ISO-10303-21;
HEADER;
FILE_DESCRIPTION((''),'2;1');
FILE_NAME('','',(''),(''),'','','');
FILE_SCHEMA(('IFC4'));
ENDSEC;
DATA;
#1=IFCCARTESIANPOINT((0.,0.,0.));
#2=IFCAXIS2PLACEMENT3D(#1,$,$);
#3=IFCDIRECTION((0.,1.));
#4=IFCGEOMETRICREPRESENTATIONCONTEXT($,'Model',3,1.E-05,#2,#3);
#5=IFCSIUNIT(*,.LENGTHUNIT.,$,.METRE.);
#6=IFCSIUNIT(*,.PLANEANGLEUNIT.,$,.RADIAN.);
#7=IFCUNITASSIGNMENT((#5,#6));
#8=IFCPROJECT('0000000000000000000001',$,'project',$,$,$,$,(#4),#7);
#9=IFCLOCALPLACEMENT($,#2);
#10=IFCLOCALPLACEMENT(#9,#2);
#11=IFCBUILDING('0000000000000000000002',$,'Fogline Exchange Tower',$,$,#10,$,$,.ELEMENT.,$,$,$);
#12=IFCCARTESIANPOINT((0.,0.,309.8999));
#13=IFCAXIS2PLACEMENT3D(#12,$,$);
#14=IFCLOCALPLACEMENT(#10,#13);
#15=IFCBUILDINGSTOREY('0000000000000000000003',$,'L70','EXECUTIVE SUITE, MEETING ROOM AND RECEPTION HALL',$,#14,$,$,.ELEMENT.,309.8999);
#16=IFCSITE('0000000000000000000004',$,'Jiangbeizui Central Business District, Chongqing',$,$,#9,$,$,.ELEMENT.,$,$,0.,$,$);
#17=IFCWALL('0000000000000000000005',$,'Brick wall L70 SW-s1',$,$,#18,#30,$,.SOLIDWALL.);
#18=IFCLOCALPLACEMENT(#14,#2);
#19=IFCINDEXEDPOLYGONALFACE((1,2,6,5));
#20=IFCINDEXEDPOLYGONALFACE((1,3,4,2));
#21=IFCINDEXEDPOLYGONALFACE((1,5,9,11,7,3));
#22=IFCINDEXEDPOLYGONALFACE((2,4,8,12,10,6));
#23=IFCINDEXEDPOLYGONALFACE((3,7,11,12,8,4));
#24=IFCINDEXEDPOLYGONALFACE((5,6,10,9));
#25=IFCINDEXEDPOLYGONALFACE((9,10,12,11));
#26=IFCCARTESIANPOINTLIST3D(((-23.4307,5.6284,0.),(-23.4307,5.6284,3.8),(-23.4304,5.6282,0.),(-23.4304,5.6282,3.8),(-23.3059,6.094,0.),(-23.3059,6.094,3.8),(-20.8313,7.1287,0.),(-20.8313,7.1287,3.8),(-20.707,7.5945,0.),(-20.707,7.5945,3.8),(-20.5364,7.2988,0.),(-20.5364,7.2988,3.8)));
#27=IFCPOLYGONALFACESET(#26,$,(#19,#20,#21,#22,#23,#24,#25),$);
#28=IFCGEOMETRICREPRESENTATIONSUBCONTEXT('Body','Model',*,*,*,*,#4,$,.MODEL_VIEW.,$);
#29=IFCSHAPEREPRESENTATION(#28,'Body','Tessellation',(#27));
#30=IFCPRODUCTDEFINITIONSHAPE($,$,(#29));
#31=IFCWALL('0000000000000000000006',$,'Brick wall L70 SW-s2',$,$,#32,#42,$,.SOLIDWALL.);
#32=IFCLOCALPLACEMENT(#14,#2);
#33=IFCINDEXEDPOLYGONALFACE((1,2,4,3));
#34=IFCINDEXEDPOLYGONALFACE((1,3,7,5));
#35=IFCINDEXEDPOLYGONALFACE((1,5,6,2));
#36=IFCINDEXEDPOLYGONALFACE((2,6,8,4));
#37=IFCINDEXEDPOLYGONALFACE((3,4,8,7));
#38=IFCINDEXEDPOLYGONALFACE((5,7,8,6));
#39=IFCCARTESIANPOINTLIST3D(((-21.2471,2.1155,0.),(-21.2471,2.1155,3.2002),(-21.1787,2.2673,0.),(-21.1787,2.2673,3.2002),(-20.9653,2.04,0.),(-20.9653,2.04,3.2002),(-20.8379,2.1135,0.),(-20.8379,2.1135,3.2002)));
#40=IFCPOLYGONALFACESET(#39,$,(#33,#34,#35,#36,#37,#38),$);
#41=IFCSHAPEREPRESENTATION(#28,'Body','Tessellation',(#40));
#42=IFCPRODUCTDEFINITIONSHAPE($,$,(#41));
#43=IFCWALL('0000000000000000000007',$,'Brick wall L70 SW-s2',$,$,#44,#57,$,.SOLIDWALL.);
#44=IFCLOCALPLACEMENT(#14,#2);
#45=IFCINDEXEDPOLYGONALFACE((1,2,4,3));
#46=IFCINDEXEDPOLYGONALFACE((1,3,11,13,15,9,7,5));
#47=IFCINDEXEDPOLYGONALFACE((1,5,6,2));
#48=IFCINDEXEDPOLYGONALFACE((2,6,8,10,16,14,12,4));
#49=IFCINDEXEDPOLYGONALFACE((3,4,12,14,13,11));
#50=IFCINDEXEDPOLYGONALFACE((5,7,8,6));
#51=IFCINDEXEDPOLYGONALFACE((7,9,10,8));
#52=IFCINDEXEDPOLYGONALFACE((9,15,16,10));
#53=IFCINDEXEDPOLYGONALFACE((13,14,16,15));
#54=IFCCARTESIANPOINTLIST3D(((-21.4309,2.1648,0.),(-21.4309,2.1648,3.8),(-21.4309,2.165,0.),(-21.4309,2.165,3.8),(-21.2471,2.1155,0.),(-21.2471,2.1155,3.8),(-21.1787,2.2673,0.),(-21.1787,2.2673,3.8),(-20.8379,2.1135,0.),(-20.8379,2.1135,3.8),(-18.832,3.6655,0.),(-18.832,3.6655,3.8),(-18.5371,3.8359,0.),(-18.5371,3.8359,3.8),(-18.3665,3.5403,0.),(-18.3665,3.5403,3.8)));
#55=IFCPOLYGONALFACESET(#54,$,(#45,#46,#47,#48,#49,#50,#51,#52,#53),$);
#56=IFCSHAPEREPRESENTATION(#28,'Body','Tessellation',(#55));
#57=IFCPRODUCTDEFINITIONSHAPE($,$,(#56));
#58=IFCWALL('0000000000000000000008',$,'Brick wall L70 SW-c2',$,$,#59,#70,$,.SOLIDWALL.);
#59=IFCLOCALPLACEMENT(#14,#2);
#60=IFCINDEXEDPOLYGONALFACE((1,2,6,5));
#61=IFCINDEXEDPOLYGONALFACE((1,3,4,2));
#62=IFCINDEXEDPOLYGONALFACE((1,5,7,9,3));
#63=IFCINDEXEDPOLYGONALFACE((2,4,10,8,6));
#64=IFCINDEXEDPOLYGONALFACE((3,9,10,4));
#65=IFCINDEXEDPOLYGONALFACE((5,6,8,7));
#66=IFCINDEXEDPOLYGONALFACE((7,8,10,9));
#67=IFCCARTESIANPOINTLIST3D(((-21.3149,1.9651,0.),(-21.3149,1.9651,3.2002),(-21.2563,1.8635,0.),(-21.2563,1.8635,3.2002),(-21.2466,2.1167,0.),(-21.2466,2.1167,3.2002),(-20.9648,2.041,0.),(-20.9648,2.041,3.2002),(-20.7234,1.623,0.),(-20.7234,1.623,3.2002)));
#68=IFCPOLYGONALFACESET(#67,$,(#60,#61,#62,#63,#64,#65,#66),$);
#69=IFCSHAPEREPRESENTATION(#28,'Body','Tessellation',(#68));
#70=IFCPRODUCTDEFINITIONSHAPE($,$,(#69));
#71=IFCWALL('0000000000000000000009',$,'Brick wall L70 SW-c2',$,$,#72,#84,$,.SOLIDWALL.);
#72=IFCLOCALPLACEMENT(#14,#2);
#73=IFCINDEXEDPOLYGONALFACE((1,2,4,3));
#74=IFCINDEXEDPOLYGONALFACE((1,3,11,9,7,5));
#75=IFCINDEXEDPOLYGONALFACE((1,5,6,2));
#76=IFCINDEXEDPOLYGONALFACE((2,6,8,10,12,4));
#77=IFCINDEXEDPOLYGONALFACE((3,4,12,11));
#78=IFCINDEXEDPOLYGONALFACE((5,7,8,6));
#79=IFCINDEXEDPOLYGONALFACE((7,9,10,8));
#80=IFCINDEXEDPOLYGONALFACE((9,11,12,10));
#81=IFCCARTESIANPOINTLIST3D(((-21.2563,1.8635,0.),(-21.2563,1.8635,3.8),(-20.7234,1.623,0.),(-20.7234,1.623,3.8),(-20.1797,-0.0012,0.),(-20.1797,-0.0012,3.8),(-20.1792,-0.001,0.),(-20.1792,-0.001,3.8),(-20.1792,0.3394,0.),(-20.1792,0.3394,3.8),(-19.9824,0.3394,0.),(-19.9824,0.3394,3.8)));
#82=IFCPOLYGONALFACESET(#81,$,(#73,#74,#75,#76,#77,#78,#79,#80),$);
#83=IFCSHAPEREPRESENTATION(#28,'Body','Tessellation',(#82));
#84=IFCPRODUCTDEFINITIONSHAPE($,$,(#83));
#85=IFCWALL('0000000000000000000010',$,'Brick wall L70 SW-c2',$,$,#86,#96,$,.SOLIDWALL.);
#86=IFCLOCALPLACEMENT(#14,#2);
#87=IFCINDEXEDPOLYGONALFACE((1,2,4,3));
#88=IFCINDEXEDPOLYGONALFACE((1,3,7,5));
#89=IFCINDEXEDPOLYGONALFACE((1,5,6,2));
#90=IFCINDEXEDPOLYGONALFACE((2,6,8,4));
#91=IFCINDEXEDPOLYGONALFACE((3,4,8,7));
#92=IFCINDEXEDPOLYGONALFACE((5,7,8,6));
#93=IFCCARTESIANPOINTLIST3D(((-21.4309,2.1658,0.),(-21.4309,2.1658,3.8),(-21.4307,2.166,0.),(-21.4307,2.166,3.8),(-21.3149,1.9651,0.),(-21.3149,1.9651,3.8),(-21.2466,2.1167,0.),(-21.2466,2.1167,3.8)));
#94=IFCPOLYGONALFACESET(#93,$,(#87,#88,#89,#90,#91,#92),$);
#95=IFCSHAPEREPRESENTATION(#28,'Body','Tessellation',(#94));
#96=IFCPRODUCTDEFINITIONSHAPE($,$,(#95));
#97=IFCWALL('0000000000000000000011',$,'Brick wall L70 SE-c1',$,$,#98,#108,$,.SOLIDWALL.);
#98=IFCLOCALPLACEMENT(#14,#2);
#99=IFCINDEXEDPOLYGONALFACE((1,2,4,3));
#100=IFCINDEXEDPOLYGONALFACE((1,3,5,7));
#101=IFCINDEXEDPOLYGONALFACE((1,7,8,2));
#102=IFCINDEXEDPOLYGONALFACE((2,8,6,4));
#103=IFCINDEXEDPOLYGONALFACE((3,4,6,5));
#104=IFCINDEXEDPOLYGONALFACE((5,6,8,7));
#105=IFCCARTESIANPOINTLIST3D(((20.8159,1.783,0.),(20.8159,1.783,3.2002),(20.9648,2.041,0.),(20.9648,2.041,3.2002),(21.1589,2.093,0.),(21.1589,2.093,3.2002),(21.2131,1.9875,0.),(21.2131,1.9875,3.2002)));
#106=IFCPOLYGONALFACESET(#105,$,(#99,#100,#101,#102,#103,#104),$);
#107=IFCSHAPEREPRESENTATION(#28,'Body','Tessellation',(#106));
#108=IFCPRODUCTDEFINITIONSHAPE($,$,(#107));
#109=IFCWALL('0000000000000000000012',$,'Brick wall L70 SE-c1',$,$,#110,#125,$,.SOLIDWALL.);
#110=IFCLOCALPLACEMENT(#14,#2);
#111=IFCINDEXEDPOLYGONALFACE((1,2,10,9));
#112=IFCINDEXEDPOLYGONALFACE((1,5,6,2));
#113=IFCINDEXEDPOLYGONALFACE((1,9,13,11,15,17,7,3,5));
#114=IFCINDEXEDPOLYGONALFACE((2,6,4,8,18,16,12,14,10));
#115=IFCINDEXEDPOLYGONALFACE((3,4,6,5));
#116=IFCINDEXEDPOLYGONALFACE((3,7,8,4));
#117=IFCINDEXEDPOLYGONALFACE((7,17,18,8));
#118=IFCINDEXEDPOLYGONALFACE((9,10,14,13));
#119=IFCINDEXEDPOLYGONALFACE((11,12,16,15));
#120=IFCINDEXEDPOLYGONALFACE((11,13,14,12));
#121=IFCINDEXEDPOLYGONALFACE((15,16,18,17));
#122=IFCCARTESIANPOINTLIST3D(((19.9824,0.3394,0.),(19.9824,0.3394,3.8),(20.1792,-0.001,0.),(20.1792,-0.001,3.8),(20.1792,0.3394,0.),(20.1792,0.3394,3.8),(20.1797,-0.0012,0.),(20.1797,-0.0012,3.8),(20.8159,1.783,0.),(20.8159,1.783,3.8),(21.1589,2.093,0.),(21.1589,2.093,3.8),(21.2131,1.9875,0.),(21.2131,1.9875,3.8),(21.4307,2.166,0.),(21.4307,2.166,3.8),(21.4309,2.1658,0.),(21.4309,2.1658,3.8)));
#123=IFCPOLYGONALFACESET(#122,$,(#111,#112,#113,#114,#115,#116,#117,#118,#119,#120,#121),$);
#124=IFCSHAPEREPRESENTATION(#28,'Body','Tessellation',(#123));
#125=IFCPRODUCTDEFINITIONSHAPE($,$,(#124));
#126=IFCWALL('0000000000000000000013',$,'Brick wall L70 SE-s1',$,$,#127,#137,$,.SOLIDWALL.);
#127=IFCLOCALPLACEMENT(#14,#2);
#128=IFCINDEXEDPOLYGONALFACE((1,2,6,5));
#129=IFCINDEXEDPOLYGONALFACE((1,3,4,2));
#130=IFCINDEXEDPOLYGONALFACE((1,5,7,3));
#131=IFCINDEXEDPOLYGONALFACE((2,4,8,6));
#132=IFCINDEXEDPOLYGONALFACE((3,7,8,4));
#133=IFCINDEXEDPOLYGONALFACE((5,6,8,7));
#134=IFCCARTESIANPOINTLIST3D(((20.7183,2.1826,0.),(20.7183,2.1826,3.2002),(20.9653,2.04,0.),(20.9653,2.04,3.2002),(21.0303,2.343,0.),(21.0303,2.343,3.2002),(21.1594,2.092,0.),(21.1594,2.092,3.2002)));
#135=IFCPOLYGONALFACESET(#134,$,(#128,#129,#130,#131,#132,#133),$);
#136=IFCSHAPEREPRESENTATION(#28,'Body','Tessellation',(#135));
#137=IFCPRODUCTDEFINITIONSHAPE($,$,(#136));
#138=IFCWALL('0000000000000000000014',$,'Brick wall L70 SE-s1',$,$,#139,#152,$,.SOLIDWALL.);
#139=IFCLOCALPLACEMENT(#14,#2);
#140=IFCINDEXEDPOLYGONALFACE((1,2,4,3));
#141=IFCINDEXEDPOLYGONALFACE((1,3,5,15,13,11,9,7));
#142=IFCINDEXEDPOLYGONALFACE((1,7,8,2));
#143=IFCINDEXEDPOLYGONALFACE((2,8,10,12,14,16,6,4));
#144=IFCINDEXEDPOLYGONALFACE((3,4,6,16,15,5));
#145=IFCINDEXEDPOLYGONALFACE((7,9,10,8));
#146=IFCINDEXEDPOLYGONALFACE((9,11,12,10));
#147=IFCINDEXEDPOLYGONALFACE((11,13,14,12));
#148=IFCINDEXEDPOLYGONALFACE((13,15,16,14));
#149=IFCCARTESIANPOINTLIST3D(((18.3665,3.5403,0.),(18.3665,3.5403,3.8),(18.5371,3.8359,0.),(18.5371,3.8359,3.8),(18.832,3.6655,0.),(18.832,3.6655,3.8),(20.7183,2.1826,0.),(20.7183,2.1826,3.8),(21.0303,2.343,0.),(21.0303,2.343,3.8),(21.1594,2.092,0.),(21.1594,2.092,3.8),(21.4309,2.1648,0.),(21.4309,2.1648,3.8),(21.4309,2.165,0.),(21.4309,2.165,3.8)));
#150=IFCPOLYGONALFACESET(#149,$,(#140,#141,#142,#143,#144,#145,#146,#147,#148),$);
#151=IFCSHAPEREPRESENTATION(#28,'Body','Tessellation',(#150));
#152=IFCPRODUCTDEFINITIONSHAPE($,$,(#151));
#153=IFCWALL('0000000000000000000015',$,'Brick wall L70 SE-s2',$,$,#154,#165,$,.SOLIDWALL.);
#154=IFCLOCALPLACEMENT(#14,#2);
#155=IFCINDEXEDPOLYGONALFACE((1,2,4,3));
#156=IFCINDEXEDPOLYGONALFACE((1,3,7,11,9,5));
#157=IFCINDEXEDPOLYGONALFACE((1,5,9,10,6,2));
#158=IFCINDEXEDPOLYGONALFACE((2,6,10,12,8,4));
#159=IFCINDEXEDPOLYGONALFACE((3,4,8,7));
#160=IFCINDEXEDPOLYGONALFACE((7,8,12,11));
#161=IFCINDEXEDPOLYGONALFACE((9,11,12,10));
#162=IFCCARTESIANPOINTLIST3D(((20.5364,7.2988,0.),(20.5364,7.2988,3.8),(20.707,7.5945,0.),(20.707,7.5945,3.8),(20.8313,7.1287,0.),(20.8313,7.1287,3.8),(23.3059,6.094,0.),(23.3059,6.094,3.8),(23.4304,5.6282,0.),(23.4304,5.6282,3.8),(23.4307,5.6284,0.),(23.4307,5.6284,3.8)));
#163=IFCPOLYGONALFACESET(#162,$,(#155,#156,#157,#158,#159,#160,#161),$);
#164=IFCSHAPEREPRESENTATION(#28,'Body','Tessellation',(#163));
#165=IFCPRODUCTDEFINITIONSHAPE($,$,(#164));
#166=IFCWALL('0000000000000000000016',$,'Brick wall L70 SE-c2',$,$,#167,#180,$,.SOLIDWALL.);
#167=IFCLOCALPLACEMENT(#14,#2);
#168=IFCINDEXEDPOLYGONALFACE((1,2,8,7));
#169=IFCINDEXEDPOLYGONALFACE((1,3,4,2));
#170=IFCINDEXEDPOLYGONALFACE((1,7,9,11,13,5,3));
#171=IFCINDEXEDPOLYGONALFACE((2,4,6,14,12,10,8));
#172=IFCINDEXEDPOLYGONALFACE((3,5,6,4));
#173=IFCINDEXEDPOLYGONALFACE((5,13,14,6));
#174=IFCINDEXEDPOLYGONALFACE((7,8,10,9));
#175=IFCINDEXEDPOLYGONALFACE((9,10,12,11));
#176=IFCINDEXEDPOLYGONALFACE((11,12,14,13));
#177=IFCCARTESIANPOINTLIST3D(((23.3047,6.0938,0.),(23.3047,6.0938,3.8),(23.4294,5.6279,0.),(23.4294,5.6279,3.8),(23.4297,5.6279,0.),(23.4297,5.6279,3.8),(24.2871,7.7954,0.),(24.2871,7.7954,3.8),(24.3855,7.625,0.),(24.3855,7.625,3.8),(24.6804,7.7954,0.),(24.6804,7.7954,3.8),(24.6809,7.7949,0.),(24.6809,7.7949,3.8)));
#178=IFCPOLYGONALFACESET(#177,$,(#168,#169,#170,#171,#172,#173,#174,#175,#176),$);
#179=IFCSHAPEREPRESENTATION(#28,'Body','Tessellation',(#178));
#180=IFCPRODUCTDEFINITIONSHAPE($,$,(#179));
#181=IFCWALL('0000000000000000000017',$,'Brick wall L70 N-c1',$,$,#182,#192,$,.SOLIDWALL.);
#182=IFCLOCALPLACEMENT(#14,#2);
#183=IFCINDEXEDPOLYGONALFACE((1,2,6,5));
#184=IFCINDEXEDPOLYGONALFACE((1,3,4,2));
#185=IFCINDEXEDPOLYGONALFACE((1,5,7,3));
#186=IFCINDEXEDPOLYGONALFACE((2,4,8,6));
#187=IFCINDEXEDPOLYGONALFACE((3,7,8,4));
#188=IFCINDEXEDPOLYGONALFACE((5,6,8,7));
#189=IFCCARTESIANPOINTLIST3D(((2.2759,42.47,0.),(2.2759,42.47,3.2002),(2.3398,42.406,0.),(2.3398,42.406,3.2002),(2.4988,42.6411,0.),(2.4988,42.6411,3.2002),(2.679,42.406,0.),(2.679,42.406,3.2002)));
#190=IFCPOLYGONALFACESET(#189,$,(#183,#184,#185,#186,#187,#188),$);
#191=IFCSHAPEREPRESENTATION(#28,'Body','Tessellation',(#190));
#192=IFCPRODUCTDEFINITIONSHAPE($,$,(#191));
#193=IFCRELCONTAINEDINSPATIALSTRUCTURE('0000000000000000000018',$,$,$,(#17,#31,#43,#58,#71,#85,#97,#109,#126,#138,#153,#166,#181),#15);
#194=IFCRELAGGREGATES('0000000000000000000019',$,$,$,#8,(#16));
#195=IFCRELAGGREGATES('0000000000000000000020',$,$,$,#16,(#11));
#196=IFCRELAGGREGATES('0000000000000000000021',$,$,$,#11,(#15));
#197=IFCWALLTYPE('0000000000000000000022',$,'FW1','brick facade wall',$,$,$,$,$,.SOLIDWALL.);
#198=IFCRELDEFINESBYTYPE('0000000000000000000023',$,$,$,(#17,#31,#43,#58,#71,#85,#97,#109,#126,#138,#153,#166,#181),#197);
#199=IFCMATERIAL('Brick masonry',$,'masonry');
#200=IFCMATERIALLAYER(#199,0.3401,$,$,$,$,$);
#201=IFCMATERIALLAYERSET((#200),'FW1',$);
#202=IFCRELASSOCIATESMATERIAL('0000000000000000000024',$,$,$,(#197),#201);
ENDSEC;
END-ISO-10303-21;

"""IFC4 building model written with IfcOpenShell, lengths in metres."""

from ifc_helpers import new_model, si_unit, direction, frame, origin, place, context, subcontext, project, spatial, polyline, outline, extrude, material, layer, layer_set, type_object, element, save


model = new_model("IFC4")

# Units and contexts
model_context = context("Model", 3, precision=1e-05, world=origin(), true_north=direction((0.0, 1.0)))
body_context = subcontext(model_context, "Body", "Model", "MODEL_VIEW")
ifc_project = project(units=[si_unit("LENGTHUNIT", "METRE"), si_unit("PLANEANGLEUNIT", "RADIAN")], contexts=[model_context])

# Site, building, storey
site_placement = place(None, origin())
site = spatial("IfcSite", under=ifc_project, at=site_placement, Name="Jiangbeizui Central Business District, Chongqing", CompositionType="ELEMENT", RefElevation=0.0)
building_placement = place(site_placement, origin())
building = spatial("IfcBuilding", under=site, at=building_placement, Name="Fogline Exchange Tower", CompositionType="ELEMENT")
storey_placement = place(building_placement, frame((0.0, 0.0, 309.8999)))
storey = spatial("IfcBuildingStorey", under=building, at=storey_placement, Name="L70", Description="EXECUTIVE SUITE, MEETING ROOM AND RECEPTION HALL", CompositionType="ELEMENT", Elevation=309.8999)

# Walls
ifc_material_1 = material(Name="Brick masonry", Category="masonry")
ifc_layer_1 = layer(ifc_material_1, 0.3401)
ifc_layer_set_1 = layer_set([ifc_layer_1], Name="FW1")
wall_type_1 = type_object("IfcWallType", Name="FW1", Description="brick facade wall", PredefinedType="SOLIDWALL", material=ifc_layer_set_1)
wall_1_placement = place(storey_placement, origin())
element("IfcWall", 1, at=wall_1_placement, inside=storey, type_object=wall_type_1, Name="Brick wall L70 SW-s1", PredefinedType="SOLIDWALL", context=body_context, shape_type="SweptSolid", body=[
    extrude(outline(polyline([(-20.707, 7.5945), (-20.5364, 7.2988), (-20.8313, 7.1287), (-23.4304, 5.6282), (-23.4307, 5.6284), (-23.3059, 6.094), (-20.707, 7.5945)])), origin(), (0.0, 0.0, 1.0), 3.8),
])
wall_2_placement = place(storey_placement, origin())
element("IfcWall", 2, at=wall_2_placement, inside=storey, type_object=wall_type_1, Name="Brick wall L70 SW-s2", PredefinedType="SOLIDWALL", context=body_context, shape_type="SweptSolid", body=[
    extrude(outline(polyline([(-20.9653, 2.04), (-21.2471, 2.1155), (-21.1787, 2.2673), (-20.8379, 2.1135), (-20.9653, 2.04)])), origin(), (0.0, 0.0, 1.0), 3.2002),
])
wall_3_placement = place(storey_placement, origin())
element("IfcWall", 3, at=wall_3_placement, inside=storey, type_object=wall_type_1, Name="Brick wall L70 SW-s2", PredefinedType="SOLIDWALL", context=body_context, shape_type="SweptSolid", body=[
    extrude(outline(polyline([(-18.832, 3.6655), (-18.5371, 3.8359), (-18.3665, 3.5403), (-20.8379, 2.1135), (-21.1787, 2.2673), (-21.2471, 2.1155), (-21.4309, 2.1648), (-21.4309, 2.165), (-18.832, 3.6655)])), origin(), (0.0, 0.0, 1.0), 3.8),
])
wall_4_placement = place(storey_placement, origin())
element("IfcWall", 4, at=wall_4_placement, inside=storey, type_object=wall_type_1, Name="Brick wall L70 SW-c2", PredefinedType="SOLIDWALL", context=body_context, shape_type="SweptSolid", body=[
    extrude(outline(polyline([(-21.3149, 1.9651), (-21.2466, 2.1167), (-20.9648, 2.041), (-20.7234, 1.623), (-21.2563, 1.8635), (-21.3149, 1.9651)])), origin(), (0.0, 0.0, 1.0), 3.2002),
])
wall_5_placement = place(storey_placement, origin())
element("IfcWall", 5, at=wall_5_placement, inside=storey, type_object=wall_type_1, Name="Brick wall L70 SW-c2", PredefinedType="SOLIDWALL", context=body_context, shape_type="SweptSolid", body=[
    extrude(outline(polyline([(-20.1792, 0.3394), (-20.1792, -0.001), (-20.1797, -0.0012), (-21.2563, 1.8635), (-20.7234, 1.623), (-19.9824, 0.3394), (-20.1792, 0.3394)])), origin(), (0.0, 0.0, 1.0), 3.8),
])
wall_6_placement = place(storey_placement, origin())
element("IfcWall", 6, at=wall_6_placement, inside=storey, type_object=wall_type_1, Name="Brick wall L70 SW-c2", PredefinedType="SOLIDWALL", context=body_context, shape_type="SweptSolid", body=[
    extrude(outline(polyline([(-21.4309, 2.1658), (-21.4307, 2.166), (-21.2466, 2.1167), (-21.3149, 1.9651), (-21.4309, 2.1658)])), origin(), (0.0, 0.0, 1.0), 3.8),
])
wall_7_placement = place(storey_placement, origin())
element("IfcWall", 7, at=wall_7_placement, inside=storey, type_object=wall_type_1, Name="Brick wall L70 SE-c1", PredefinedType="SOLIDWALL", context=body_context, shape_type="SweptSolid", body=[
    extrude(outline(polyline([(20.9648, 2.041), (21.1589, 2.093), (21.2131, 1.9875), (20.8159, 1.783), (20.9648, 2.041)])), origin(), (0.0, 0.0, 1.0), 3.2002),
])
wall_8_placement = place(storey_placement, origin())
element("IfcWall", 8, at=wall_8_placement, inside=storey, type_object=wall_type_1, Name="Brick wall L70 SE-c1", PredefinedType="SOLIDWALL", context=body_context, shape_type="SweptSolid", body=[
    extrude(outline(polyline([(20.1797, -0.0012), (20.1792, -0.001), (20.1792, 0.3394), (19.9824, 0.3394), (20.8159, 1.783), (21.2131, 1.9875), (21.1589, 2.093), (21.4307, 2.166), (21.4309, 2.1658), (20.1797, -0.0012)])), origin(), (0.0, 0.0, 1.0), 3.8),
])
wall_9_placement = place(storey_placement, origin())
element("IfcWall", 9, at=wall_9_placement, inside=storey, type_object=wall_type_1, Name="Brick wall L70 SE-s1", PredefinedType="SOLIDWALL", context=body_context, shape_type="SweptSolid", body=[
    extrude(outline(polyline([(20.9653, 2.04), (20.7183, 2.1826), (21.0303, 2.343), (21.1594, 2.092), (20.9653, 2.04)])), origin(), (0.0, 0.0, 1.0), 3.2002),
])
wall_10_placement = place(storey_placement, origin())
element("IfcWall", 10, at=wall_10_placement, inside=storey, type_object=wall_type_1, Name="Brick wall L70 SE-s1", PredefinedType="SOLIDWALL", context=body_context, shape_type="SweptSolid", body=[
    extrude(outline(polyline([(18.5371, 3.8359), (18.832, 3.6655), (21.4309, 2.165), (21.4309, 2.1648), (21.1594, 2.092), (21.0303, 2.343), (20.7183, 2.1826), (18.3665, 3.5403), (18.5371, 3.8359)])), origin(), (0.0, 0.0, 1.0), 3.8),
])
wall_11_placement = place(storey_placement, origin())
element("IfcWall", 11, at=wall_11_placement, inside=storey, type_object=wall_type_1, Name="Brick wall L70 SE-s2", PredefinedType="SOLIDWALL", context=body_context, shape_type="SweptSolid", body=[
    extrude(outline(polyline([(23.4304, 5.6282), (20.8313, 7.1287), (20.5364, 7.2988), (20.707, 7.5945), (23.3059, 6.094), (23.4307, 5.6284), (23.4304, 5.6282)])), origin(), (0.0, 0.0, 1.0), 3.8),
])
wall_12_placement = place(storey_placement, origin())
element("IfcWall", 12, at=wall_12_placement, inside=storey, type_object=wall_type_1, Name="Brick wall L70 SE-c2", PredefinedType="SOLIDWALL", context=body_context, shape_type="SweptSolid", body=[
    extrude(outline(polyline([(24.2871, 7.7954), (24.3855, 7.625), (24.6804, 7.7954), (24.6809, 7.7949), (23.4297, 5.6279), (23.4294, 5.6279), (23.3047, 6.0938), (24.2871, 7.7954)])), origin(), (0.0, 0.0, 1.0), 3.8),
])
wall_13_placement = place(storey_placement, origin())
element("IfcWall", 13, at=wall_13_placement, inside=storey, type_object=wall_type_1, Name="Brick wall L70 N-c1", PredefinedType="SOLIDWALL", context=body_context, shape_type="SweptSolid", body=[
    extrude(outline(polyline([(2.3398, 42.406), (2.2759, 42.47), (2.4988, 42.6411), (2.679, 42.406), (2.3398, 42.406)])), origin(), (0.0, 0.0, 1.0), 3.2002),
])

save(model, "model.ifc")
